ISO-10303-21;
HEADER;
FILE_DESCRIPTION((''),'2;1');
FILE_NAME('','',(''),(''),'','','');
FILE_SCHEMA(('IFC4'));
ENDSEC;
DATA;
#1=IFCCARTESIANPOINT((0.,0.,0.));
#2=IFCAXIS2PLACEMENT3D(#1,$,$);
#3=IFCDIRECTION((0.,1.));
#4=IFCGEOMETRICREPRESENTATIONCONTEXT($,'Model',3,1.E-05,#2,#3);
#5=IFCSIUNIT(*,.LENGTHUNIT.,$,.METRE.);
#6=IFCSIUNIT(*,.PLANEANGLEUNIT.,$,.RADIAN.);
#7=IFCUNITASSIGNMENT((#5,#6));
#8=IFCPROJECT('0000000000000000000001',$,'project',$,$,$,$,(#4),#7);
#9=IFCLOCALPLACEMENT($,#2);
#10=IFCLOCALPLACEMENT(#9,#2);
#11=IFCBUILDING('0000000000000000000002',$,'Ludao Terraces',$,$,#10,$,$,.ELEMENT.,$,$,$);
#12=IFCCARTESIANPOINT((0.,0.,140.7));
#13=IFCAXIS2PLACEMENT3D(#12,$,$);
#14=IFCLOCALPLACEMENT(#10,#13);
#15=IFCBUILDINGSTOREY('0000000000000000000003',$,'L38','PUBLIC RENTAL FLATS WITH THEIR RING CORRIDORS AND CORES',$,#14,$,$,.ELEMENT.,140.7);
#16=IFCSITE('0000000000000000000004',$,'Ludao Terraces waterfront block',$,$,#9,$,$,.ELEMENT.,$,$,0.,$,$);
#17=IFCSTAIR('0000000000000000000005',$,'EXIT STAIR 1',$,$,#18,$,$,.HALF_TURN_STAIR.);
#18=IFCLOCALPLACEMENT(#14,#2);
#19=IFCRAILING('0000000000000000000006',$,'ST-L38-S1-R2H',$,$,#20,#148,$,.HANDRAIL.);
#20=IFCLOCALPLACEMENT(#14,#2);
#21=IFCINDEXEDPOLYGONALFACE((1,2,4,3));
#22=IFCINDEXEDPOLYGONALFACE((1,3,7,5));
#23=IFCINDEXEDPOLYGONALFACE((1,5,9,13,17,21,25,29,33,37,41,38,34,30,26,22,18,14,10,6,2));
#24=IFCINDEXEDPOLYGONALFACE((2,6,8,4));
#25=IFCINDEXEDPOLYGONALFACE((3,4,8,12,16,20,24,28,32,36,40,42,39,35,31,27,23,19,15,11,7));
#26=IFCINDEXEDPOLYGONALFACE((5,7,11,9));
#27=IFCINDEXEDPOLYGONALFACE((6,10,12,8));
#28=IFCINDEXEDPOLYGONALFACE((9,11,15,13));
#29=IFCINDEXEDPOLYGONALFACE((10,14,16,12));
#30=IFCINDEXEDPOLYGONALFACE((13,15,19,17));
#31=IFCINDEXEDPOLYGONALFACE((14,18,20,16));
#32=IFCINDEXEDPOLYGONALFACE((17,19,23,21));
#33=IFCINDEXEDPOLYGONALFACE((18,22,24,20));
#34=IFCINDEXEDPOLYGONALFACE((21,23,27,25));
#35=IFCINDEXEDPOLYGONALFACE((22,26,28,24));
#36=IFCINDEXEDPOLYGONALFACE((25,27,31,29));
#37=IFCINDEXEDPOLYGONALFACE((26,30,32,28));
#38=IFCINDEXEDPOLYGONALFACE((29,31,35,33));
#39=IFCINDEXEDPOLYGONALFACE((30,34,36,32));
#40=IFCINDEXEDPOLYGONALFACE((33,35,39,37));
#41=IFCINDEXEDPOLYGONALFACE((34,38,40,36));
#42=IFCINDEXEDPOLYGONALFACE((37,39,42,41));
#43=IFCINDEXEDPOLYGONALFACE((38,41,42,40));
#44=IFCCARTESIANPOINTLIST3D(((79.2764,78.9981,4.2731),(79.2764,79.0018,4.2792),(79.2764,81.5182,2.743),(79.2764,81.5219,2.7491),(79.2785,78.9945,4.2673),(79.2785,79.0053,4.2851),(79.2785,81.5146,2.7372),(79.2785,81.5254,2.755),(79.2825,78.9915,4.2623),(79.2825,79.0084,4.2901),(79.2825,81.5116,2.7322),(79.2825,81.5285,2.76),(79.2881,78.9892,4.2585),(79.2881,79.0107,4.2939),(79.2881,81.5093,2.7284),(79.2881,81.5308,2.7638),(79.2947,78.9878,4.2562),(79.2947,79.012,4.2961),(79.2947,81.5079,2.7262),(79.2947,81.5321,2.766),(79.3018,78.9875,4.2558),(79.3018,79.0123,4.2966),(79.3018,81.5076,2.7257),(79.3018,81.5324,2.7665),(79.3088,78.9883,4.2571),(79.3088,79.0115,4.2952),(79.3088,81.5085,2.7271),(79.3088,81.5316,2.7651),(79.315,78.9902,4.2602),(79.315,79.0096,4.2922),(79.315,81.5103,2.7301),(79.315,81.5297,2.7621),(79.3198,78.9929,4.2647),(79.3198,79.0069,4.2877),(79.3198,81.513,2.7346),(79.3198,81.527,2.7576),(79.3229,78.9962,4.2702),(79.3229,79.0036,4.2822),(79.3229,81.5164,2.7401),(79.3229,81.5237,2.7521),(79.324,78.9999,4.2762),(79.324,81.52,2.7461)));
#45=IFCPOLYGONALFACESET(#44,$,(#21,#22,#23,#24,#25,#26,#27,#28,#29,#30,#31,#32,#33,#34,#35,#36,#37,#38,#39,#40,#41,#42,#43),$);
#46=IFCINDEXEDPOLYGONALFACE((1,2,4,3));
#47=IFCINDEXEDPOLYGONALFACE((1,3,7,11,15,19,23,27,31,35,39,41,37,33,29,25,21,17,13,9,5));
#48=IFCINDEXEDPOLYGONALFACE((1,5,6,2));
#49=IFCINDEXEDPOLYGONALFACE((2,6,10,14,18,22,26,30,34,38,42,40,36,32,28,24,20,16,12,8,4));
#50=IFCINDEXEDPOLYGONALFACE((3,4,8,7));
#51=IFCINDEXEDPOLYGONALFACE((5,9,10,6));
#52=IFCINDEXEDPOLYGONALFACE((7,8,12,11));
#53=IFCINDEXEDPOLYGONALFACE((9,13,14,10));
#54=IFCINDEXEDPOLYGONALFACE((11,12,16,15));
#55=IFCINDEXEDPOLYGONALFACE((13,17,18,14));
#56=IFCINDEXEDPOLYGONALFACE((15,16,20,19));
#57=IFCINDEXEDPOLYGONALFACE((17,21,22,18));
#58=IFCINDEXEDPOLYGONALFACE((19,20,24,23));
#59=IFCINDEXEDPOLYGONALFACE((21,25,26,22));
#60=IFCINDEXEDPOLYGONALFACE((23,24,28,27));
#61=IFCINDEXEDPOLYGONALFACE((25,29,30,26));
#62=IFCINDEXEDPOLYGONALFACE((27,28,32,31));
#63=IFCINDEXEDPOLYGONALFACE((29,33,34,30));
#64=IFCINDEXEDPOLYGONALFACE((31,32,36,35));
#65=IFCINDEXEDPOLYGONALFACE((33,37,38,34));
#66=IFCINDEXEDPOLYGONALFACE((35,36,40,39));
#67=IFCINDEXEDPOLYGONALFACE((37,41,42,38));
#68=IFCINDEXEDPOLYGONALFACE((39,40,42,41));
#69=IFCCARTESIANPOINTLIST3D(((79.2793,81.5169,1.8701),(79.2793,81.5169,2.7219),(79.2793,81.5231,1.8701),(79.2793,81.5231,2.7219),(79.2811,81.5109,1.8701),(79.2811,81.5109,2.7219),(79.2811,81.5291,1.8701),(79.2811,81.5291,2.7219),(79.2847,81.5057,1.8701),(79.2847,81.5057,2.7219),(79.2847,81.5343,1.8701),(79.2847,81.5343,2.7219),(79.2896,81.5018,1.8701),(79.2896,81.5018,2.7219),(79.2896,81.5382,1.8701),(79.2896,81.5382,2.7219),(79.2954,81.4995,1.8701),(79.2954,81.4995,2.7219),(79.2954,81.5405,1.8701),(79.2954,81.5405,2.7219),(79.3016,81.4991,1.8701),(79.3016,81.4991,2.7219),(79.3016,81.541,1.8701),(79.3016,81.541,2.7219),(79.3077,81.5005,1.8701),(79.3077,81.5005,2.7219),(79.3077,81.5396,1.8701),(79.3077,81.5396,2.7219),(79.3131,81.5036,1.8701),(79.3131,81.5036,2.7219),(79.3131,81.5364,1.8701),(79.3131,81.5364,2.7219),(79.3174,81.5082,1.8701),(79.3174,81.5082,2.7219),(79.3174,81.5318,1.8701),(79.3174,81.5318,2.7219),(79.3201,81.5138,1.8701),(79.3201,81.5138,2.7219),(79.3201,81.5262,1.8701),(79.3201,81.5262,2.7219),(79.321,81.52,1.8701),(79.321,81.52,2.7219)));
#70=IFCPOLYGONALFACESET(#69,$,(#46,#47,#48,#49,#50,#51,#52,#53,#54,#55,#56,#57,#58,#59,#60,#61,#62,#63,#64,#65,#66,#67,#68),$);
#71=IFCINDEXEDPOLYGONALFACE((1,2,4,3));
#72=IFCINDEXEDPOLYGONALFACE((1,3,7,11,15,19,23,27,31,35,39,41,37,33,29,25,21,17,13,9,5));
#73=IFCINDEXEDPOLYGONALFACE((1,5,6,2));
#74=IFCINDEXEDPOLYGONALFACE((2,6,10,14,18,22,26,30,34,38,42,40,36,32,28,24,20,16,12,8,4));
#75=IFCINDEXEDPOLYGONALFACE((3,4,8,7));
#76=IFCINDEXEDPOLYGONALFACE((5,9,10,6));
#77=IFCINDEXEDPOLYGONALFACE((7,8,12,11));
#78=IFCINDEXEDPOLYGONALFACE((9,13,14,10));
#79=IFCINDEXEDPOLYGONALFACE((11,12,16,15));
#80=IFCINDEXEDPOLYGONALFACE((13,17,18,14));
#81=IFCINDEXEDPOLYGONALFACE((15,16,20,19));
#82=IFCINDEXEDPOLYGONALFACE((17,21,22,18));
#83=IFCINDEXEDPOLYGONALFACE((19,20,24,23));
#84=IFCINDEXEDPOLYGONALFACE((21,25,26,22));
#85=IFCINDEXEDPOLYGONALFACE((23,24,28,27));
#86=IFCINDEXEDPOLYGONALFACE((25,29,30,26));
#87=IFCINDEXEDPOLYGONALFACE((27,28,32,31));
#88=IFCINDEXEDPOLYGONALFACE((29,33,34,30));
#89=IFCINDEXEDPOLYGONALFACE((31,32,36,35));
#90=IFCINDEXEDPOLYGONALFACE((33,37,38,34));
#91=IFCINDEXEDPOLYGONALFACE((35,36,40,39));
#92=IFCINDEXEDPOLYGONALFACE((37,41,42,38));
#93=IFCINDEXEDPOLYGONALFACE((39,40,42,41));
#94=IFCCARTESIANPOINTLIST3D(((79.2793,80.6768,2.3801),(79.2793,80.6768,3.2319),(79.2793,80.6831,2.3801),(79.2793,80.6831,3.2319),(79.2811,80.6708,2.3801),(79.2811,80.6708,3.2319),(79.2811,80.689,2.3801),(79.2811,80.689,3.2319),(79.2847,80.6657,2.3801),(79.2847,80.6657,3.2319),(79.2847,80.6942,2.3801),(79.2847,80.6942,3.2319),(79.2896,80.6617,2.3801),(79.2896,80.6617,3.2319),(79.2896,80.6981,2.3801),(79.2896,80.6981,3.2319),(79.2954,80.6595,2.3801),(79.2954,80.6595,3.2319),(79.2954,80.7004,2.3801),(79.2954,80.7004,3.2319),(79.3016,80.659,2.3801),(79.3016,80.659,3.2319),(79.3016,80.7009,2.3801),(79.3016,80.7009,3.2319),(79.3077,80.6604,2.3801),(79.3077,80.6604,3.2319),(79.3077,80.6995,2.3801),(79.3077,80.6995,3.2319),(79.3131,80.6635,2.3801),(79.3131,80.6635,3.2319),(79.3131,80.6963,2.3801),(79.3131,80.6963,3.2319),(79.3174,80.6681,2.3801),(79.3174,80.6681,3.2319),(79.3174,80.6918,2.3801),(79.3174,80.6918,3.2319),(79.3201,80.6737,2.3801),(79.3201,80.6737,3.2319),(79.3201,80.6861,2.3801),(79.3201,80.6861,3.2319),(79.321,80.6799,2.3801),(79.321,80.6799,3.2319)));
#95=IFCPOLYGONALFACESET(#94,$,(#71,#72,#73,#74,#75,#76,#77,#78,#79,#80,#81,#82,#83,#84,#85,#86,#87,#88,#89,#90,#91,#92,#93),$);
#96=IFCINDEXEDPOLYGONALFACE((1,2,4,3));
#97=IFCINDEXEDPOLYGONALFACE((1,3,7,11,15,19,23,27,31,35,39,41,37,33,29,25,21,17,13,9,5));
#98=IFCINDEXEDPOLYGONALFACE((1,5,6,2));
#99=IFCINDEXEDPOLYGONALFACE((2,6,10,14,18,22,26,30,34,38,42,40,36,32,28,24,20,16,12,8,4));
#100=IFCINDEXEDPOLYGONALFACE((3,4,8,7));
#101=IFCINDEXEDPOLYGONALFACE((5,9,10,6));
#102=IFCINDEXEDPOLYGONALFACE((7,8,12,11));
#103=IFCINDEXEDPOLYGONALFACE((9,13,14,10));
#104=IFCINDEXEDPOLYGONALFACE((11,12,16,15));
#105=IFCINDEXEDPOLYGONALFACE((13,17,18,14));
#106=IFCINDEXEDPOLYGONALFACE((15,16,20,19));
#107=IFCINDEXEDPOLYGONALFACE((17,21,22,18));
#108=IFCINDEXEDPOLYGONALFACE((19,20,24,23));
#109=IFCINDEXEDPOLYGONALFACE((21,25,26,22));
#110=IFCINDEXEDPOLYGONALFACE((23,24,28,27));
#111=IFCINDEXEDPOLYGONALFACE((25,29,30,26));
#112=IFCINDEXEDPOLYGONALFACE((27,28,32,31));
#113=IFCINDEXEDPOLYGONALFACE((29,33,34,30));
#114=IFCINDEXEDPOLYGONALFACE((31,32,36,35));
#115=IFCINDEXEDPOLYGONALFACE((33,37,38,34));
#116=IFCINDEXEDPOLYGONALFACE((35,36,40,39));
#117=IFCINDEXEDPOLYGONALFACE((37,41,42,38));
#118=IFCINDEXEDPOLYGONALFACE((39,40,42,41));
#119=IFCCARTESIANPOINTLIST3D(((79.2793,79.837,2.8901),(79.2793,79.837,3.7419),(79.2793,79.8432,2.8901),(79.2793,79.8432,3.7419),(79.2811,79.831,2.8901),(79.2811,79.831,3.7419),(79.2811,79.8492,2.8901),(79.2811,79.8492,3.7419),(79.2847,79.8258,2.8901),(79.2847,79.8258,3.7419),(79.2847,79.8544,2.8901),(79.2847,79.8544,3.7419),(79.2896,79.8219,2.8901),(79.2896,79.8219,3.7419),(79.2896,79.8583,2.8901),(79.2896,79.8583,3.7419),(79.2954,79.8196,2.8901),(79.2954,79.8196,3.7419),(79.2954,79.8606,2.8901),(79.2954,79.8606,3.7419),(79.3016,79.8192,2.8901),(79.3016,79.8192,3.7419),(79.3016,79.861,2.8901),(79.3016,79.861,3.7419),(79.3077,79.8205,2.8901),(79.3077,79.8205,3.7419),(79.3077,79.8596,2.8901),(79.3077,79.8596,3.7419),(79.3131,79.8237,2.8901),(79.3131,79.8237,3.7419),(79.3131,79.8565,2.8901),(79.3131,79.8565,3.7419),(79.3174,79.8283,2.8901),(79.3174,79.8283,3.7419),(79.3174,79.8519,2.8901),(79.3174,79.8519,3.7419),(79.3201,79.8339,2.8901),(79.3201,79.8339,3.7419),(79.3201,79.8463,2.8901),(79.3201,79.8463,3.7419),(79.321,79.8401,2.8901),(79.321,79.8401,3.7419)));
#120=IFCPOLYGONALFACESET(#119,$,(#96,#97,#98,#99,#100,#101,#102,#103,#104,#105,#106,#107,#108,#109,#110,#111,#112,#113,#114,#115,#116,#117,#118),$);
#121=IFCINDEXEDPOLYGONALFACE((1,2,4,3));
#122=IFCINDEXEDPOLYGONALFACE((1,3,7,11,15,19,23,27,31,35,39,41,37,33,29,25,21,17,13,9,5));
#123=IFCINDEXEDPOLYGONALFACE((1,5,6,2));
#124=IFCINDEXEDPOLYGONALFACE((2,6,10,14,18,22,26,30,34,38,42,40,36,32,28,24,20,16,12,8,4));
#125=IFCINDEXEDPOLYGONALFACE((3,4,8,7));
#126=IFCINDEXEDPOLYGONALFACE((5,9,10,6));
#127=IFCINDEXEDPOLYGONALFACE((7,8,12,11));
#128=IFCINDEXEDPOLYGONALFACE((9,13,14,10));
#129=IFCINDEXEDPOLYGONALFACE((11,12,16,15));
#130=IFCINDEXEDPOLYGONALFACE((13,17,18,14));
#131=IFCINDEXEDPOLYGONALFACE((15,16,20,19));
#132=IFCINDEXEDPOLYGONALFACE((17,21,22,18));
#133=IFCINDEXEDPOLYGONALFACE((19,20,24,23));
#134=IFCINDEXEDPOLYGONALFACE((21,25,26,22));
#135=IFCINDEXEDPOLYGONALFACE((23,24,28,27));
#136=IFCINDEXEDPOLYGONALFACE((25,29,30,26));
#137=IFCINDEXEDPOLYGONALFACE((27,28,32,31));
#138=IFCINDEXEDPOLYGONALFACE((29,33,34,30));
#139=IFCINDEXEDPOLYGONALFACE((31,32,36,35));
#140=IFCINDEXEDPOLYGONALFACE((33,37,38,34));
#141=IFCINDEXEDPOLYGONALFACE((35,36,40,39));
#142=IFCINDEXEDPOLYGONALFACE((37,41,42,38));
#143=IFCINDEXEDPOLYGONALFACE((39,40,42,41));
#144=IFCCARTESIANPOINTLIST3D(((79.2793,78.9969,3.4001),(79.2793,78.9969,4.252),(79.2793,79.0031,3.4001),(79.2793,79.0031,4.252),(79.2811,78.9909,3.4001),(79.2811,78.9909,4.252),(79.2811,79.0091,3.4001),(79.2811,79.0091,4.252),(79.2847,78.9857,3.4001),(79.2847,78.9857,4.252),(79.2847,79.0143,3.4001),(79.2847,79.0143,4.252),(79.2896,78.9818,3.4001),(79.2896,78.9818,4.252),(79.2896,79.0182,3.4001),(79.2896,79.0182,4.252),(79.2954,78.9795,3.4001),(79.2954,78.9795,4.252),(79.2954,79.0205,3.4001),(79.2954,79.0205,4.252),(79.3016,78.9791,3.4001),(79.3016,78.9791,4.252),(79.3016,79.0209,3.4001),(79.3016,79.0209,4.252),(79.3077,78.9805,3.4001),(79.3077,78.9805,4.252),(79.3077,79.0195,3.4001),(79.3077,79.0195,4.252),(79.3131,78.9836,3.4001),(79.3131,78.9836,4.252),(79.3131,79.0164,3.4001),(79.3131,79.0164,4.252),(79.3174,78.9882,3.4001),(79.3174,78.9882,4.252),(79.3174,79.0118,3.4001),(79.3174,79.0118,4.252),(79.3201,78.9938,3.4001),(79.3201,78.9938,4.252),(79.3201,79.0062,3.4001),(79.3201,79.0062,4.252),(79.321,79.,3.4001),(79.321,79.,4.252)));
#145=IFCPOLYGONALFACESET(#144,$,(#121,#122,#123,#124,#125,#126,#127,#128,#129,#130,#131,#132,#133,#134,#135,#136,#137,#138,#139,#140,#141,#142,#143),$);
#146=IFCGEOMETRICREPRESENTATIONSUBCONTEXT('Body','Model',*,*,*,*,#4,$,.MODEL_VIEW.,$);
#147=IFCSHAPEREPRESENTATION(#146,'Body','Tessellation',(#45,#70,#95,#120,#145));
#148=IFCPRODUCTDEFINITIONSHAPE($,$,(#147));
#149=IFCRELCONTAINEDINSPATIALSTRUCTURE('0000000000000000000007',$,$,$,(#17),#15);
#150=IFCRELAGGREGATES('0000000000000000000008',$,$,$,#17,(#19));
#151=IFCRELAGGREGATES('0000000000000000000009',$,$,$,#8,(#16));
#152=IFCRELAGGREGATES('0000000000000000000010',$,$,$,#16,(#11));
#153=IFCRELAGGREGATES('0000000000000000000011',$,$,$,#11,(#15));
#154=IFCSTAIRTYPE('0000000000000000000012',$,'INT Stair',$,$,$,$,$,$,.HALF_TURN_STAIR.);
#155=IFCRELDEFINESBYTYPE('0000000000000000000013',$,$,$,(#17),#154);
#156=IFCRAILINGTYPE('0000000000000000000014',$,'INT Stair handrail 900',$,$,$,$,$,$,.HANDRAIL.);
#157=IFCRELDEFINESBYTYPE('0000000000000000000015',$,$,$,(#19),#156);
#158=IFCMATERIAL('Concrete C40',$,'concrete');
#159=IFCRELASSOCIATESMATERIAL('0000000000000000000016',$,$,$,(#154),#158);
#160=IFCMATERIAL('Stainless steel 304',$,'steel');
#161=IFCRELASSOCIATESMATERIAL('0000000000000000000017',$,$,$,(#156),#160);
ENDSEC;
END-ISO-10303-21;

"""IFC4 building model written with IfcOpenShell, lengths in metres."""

from ifc_helpers import new_model, si_unit, direction, frame, origin, origin_2d, place, context, subcontext, project, spatial, circle, extrude, material, type_object, element, aggregate, save


model = new_model("IFC4")

# Units and contexts
model_context = context("Model", 3, precision=1e-05, world=origin(), true_north=direction((0.0, 1.0)))
body_context = subcontext(model_context, "Body", "Model", "MODEL_VIEW")
ifc_project = project(units=[si_unit("LENGTHUNIT", "METRE"), si_unit("PLANEANGLEUNIT", "RADIAN")], contexts=[model_context])

# Site, building, storey
site_placement = place(None, origin())
site = spatial("IfcSite", under=ifc_project, at=site_placement, Name="Ludao Terraces waterfront block", CompositionType="ELEMENT", RefElevation=0.0)
building_placement = place(site_placement, origin())
building = spatial("IfcBuilding", under=site, at=building_placement, Name="Ludao Terraces", CompositionType="ELEMENT")
storey_placement = place(building_placement, frame((0.0, 0.0, 140.7)))
storey = spatial("IfcBuildingStorey", under=building, at=storey_placement, Name="L38", Description="PUBLIC RENTAL FLATS WITH THEIR RING CORRIDORS AND CORES", CompositionType="ELEMENT", Elevation=140.7)

# Shared definitions
ifc_material_1 = material(Name="Stainless steel 304", Category="steel")

# Stair, railing
ifc_material_2 = material(Name="Concrete C40", Category="concrete")
stair_type = type_object("IfcStairType", Name="INT Stair", PredefinedType="HALF_TURN_STAIR", material=ifc_material_2)
stair_placement = place(storey_placement, origin())
stair = element("IfcStair", 1, at=stair_placement, inside=storey, type_object=stair_type, Name="EXIT STAIR 1", PredefinedType="HALF_TURN_STAIR")
railing_type_1 = type_object("IfcRailingType", Name="INT Stair handrail 900", PredefinedType="HANDRAIL", material=ifc_material_1)
railing_1_placement = place(storey_placement, frame((79.3, 81.52, 1.8701)))
railing_1 = element("IfcRailing", 2, at=railing_1_placement, type_object=railing_type_1, Name="ST-L38-S1-R2H", PredefinedType="HANDRAIL", context=body_context, shape_type="SweptSolid", body=[
    extrude(circle(Radius=0.0239, at=origin_2d()), frame((0.0, 0.0, 0.876), z_axis=(0.0, -0.854785, 0.518982), x_axis=(1.0, 0.0, 0.0)), (0.0, 0.0, 1.0), 2.9482),
    extrude(circle(Radius=0.021, at=origin_2d()), origin(), (0.0, 0.0, 1.0), 0.8518),
    extrude(circle(Radius=0.021, at=origin_2d()), frame((0.0, -0.8401, 0.51)), (0.0, 0.0, 1.0), 0.8518),
    extrude(circle(Radius=0.021, at=origin_2d()), frame((0.0, -1.6799, 1.02)), (0.0, 0.0, 1.0), 0.8518),
    extrude(circle(Radius=0.021, at=origin_2d()), frame((0.0, -2.52, 1.53)), (0.0, 0.0, 1.0), 0.8518),
])
aggregate(stair, [railing_1])

save(model, "model.ifc")
